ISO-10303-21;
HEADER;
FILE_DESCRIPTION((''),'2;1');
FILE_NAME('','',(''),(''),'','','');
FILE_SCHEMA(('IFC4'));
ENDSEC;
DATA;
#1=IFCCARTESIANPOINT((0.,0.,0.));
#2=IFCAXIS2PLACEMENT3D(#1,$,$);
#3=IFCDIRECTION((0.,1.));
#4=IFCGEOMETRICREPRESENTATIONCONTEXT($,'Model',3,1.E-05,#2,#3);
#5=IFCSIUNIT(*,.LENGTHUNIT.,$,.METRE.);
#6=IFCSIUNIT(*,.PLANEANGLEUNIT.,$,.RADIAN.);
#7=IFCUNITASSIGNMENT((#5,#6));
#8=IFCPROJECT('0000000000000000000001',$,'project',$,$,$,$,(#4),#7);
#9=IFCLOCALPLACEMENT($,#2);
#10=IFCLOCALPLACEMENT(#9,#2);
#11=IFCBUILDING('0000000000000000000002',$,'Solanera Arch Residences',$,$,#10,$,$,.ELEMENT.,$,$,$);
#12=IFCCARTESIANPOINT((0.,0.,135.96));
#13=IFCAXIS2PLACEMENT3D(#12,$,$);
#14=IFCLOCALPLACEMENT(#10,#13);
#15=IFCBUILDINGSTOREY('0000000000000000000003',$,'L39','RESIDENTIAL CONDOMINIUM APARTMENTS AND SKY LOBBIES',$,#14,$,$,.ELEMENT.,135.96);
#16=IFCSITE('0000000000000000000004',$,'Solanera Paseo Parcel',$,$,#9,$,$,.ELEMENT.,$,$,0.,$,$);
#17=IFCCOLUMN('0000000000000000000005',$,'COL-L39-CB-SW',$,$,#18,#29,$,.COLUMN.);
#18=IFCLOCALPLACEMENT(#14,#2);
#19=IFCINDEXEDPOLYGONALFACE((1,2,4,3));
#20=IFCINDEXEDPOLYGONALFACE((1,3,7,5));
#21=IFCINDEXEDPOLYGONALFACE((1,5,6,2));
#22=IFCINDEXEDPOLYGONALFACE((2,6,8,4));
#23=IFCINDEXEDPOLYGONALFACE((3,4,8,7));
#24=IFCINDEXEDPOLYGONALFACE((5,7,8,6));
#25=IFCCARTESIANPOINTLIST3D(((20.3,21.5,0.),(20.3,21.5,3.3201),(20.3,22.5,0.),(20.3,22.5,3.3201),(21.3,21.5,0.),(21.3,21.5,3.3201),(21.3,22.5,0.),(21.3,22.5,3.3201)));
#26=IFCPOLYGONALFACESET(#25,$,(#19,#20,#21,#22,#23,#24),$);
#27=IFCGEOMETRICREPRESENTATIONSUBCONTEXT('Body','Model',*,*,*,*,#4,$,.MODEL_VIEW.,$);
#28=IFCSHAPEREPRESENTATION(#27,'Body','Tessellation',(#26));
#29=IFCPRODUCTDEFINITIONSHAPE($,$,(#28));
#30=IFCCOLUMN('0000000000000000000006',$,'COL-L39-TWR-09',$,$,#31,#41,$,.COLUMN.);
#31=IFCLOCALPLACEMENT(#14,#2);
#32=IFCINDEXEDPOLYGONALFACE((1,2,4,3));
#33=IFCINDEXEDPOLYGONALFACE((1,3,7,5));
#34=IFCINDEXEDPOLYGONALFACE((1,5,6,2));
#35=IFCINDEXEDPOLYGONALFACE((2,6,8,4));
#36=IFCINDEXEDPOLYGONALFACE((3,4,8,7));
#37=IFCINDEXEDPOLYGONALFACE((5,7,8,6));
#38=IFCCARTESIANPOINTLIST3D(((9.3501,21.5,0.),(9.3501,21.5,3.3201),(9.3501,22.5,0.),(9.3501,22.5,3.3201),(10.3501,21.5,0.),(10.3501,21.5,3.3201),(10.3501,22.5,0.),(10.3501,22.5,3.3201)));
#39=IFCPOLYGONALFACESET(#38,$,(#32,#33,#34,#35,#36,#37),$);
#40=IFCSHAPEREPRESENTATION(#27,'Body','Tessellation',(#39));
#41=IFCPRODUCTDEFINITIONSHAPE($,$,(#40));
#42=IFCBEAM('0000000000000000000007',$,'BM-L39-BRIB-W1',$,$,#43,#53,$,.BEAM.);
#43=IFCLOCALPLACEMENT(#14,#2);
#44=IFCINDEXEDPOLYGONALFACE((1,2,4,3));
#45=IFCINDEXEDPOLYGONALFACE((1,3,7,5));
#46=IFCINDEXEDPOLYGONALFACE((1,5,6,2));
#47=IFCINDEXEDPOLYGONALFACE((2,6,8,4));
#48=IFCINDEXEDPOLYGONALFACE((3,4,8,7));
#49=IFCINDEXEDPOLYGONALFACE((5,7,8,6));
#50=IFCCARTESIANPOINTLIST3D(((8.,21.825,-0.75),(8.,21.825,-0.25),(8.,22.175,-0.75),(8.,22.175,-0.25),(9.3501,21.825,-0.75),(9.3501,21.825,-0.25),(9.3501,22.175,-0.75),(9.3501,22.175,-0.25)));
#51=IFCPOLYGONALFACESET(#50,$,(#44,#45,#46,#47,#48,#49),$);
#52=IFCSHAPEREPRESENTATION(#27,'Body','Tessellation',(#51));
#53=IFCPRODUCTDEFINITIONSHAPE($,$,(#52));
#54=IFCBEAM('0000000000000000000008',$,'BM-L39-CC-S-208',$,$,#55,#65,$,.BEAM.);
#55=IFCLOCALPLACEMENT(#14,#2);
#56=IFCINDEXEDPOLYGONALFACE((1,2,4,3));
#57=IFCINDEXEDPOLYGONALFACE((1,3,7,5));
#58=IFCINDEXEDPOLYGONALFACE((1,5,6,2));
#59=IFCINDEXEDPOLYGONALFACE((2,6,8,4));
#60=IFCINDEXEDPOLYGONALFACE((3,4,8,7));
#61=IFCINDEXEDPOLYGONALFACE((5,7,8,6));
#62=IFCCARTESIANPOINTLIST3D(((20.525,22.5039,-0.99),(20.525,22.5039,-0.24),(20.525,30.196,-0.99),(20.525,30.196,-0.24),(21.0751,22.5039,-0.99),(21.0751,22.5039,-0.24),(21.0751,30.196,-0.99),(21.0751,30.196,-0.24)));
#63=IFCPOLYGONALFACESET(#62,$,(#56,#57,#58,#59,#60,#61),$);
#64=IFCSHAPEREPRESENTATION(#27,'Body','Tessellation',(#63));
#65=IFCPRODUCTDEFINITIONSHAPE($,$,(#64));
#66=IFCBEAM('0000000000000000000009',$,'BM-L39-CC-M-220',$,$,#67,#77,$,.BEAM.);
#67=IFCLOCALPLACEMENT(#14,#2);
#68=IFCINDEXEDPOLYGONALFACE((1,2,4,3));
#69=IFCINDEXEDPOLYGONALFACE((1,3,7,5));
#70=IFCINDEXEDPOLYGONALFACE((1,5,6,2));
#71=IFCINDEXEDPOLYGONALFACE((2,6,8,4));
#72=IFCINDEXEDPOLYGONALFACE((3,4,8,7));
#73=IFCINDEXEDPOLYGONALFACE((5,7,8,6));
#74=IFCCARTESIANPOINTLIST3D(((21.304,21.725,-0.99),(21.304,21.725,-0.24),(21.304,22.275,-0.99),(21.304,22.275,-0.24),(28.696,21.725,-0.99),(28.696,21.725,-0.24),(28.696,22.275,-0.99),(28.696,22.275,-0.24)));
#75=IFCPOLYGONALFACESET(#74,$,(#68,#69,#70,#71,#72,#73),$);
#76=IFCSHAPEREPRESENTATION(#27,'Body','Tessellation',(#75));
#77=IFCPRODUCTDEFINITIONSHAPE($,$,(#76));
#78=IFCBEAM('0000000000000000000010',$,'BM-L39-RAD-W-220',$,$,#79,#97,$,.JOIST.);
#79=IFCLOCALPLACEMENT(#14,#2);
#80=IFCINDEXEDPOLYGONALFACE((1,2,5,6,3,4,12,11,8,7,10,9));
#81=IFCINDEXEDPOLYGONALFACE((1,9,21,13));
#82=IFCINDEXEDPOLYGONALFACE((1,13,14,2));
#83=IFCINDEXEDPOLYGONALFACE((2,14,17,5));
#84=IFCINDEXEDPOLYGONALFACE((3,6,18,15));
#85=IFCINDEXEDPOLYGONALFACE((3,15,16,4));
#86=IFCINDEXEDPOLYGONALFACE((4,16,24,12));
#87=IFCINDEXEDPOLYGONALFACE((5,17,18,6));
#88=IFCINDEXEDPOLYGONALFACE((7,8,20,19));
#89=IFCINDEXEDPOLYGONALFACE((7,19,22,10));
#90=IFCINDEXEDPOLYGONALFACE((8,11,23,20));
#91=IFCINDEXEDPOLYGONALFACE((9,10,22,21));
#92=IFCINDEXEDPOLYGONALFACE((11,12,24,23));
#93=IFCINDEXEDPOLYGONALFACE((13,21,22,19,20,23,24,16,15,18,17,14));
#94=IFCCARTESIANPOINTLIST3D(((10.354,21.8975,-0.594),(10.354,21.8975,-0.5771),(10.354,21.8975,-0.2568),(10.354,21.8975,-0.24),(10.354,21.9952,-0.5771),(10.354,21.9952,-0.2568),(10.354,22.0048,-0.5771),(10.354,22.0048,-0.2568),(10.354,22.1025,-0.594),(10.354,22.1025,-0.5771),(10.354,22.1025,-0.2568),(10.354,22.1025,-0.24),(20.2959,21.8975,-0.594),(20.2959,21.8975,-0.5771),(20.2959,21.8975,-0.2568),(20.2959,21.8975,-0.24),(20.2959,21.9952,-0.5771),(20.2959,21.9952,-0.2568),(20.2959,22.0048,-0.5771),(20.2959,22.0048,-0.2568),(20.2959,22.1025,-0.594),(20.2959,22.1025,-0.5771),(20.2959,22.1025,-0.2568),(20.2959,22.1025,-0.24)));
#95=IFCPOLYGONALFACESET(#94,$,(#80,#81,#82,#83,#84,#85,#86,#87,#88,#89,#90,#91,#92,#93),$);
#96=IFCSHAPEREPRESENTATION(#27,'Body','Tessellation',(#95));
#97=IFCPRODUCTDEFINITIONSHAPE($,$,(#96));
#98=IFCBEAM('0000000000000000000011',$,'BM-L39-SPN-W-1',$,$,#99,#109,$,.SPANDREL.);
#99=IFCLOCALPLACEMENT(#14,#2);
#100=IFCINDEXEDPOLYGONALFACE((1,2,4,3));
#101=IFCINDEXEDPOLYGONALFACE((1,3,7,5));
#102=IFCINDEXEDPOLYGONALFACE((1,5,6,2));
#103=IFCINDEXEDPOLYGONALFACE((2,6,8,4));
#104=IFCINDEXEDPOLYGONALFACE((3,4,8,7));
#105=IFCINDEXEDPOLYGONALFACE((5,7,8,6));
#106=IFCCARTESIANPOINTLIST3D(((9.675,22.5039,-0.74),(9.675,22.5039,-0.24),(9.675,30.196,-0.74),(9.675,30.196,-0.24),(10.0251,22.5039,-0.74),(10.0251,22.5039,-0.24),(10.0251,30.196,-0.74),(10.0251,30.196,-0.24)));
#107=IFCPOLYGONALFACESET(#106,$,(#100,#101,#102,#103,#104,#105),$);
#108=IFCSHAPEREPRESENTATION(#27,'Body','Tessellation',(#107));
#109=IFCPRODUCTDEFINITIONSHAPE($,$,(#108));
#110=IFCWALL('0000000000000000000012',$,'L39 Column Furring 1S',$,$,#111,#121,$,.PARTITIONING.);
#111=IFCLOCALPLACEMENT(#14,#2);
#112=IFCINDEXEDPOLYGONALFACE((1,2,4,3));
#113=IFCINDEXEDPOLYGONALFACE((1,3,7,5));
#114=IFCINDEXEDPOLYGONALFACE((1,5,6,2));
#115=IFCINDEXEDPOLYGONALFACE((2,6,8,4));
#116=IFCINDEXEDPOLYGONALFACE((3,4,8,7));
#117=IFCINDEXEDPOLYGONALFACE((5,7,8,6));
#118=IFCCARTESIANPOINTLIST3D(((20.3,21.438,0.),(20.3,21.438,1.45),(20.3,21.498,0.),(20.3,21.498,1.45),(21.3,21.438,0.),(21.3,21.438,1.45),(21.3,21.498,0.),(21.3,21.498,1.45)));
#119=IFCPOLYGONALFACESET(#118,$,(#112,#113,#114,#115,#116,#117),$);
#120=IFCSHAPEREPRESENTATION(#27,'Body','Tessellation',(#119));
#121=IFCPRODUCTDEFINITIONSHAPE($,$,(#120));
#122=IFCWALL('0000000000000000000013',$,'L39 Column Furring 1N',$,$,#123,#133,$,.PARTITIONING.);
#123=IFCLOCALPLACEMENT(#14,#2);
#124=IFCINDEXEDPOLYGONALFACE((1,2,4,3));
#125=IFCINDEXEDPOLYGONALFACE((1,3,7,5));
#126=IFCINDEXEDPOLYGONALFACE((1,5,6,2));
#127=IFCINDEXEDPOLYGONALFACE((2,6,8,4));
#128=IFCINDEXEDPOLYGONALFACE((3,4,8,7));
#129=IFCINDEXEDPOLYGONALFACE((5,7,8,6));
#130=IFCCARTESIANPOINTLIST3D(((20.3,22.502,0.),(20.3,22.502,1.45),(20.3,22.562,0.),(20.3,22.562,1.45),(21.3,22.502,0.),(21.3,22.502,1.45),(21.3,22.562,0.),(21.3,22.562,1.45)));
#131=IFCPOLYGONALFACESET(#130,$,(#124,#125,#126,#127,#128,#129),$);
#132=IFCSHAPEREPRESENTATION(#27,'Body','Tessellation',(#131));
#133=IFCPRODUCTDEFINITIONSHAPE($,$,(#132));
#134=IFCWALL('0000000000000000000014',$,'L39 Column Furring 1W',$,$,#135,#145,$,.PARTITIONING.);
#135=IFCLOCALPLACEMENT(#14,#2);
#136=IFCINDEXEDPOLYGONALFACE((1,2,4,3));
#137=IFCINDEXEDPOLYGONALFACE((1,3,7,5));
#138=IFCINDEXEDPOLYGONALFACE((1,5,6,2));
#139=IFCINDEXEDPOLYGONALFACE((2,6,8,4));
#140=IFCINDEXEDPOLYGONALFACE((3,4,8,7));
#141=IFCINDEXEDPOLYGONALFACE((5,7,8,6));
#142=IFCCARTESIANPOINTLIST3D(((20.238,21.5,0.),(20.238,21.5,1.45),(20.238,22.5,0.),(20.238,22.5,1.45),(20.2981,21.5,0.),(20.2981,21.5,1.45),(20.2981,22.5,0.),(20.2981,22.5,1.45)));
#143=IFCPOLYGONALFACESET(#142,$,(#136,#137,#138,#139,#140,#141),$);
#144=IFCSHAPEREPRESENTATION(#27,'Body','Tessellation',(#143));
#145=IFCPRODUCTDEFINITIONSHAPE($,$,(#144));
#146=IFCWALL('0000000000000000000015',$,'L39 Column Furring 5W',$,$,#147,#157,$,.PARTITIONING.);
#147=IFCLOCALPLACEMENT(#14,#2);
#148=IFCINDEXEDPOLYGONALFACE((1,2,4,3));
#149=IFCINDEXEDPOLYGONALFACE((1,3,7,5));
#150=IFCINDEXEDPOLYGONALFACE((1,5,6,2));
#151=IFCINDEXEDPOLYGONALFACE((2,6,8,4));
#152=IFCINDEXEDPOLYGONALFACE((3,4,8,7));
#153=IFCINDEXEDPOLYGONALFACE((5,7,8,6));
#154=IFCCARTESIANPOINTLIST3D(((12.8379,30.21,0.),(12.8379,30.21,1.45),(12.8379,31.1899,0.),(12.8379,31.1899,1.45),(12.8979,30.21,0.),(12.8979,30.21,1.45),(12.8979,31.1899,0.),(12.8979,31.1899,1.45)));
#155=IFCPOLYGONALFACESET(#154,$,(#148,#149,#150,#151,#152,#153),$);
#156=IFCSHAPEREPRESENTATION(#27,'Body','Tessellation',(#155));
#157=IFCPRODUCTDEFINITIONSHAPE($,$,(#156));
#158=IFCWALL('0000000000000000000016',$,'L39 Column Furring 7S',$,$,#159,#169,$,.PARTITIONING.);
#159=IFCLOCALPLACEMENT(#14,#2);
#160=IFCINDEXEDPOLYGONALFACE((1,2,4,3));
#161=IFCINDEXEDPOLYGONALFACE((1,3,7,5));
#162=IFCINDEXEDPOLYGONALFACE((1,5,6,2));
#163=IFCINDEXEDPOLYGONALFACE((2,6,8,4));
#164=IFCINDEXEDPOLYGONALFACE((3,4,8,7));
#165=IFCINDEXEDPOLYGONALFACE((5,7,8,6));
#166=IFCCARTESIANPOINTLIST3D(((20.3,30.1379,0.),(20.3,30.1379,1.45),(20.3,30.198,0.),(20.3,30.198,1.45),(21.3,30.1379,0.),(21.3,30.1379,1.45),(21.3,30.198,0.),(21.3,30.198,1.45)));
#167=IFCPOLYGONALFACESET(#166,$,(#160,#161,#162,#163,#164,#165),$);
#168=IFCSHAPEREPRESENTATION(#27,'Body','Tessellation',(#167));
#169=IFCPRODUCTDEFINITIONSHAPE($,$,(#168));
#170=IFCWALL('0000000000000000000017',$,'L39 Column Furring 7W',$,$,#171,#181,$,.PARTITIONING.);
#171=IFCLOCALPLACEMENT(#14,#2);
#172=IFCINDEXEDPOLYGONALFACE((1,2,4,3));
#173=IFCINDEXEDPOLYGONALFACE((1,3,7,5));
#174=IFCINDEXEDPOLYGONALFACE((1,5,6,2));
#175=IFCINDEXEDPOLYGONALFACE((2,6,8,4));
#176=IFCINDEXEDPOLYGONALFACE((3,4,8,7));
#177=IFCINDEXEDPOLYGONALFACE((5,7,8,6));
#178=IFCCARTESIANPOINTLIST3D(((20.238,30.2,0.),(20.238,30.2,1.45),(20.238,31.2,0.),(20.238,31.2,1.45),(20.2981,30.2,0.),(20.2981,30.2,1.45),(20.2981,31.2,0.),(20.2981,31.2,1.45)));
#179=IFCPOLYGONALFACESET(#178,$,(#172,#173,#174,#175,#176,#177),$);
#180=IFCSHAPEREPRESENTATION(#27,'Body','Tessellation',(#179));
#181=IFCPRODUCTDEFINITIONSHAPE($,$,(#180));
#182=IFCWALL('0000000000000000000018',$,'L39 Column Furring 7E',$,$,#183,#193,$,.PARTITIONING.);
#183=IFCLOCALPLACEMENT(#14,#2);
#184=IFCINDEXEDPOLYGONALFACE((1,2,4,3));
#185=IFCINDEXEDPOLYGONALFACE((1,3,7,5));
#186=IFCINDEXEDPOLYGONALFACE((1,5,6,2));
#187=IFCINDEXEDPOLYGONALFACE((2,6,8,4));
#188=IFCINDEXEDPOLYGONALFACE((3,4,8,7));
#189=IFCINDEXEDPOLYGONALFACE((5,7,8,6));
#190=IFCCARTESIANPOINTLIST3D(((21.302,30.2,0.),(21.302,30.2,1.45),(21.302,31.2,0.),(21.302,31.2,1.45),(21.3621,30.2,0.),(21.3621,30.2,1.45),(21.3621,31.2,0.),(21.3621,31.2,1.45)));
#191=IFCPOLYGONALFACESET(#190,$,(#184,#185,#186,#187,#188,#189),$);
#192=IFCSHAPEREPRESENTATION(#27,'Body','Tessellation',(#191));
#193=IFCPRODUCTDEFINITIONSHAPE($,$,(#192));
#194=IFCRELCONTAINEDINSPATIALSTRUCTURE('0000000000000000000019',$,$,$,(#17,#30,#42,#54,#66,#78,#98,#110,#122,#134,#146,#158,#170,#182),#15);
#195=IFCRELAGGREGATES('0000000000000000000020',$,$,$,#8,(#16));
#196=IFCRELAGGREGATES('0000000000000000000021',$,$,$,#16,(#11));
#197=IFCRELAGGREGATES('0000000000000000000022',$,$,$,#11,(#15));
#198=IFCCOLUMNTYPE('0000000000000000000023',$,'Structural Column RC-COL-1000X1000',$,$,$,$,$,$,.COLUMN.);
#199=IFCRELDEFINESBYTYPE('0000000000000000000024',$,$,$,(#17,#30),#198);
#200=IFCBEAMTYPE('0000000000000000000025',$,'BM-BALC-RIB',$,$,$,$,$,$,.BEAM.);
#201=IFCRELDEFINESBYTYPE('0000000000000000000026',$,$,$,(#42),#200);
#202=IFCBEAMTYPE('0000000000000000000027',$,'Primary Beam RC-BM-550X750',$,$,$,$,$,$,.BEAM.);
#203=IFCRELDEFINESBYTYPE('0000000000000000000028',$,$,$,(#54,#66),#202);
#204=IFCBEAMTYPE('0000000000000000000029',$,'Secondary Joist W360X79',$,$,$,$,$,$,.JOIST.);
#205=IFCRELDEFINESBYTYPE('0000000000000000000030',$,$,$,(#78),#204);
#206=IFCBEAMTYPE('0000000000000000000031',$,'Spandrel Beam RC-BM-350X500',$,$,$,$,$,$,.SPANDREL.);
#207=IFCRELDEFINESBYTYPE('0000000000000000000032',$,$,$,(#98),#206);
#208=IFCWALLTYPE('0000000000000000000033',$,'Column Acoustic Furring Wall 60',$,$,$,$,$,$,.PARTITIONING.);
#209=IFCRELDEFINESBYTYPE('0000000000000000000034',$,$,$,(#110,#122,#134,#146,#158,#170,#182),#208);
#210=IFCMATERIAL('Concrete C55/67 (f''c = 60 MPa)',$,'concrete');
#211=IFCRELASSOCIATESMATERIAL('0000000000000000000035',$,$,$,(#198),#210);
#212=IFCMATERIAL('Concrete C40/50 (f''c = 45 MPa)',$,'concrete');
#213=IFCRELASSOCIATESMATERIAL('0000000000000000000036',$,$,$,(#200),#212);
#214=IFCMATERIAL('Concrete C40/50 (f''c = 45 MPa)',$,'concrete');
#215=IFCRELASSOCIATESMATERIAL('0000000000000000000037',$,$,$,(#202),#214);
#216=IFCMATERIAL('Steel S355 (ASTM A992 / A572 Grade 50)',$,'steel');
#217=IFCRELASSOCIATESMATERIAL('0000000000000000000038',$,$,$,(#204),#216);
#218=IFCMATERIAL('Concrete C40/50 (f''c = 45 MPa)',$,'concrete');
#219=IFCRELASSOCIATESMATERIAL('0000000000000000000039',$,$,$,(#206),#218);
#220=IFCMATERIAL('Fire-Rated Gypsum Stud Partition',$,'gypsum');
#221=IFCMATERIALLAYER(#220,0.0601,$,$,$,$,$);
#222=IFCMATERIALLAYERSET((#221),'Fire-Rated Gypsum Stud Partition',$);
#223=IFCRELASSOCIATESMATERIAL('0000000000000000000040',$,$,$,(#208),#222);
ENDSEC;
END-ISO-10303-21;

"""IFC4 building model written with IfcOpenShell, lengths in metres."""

from ifc_helpers import new_model, si_unit, direction, frame, frame_2d, origin, origin_2d, place, context, subcontext, project, spatial, rectangle, i_section, extrude, material, layer, layer_set, material_profile, profile_set, type_object, element, save


model = new_model("IFC4")

# Units and contexts
model_context = context("Model", 3, precision=1e-05, world=origin(), true_north=direction((0.0, 1.0)))
body_context = subcontext(model_context, "Body", "Model", "MODEL_VIEW")
ifc_project = project(units=[si_unit("LENGTHUNIT", "METRE"), si_unit("PLANEANGLEUNIT", "RADIAN")], contexts=[model_context])

# Site, building, storey
site_placement = place(None, origin())
site = spatial("IfcSite", under=ifc_project, at=site_placement, Name="Solanera Paseo Parcel", CompositionType="ELEMENT", RefElevation=0.0)
building_placement = place(site_placement, origin())
building = spatial("IfcBuilding", under=site, at=building_placement, Name="Solanera Arch Residences", CompositionType="ELEMENT")
storey_placement = place(building_placement, frame((0.0, 0.0, 135.96)))
storey = spatial("IfcBuildingStorey", under=building, at=storey_placement, Name="L39", Description="RESIDENTIAL CONDOMINIUM APARTMENTS AND SKY LOBBIES", CompositionType="ELEMENT", Elevation=135.96)

# Columns
ifc_material_1 = material(Name="Concrete C55/67 (f'c = 60 MPa)", Category="concrete")
ifc_material_profile_1 = material_profile(ifc_material_1, rectangle(XDim=1.0, YDim=1.0, at=origin_2d()))
ifc_profile_set_1 = profile_set([ifc_material_profile_1], Name="Concrete C55/67 (f'c = 60 MPa)")
column_type = type_object("IfcColumnType", Name="Structural Column RC-COL-1000X1000", PredefinedType="COLUMN", material=ifc_profile_set_1)
for number, where, z_axis, x_axis, name in (
    (1, (20.8, 22.0, 0.0), (0.0, 0.0, 1.0), (1.0, 0.0, 0.0), "COL-L39-CB-SW"),
    (2, (9.8501, 22.0, 0.0), (0.0, 0.0, 1.0), (1.0, 0.0, 0.0), "COL-L39-TWR-09"),
):
    element("IfcColumn", number, at=place(storey_placement, frame(where, z_axis=z_axis, x_axis=x_axis)), inside=storey, type_object=column_type, Name=name, PredefinedType="COLUMN", context=body_context, shape_type="SweptSolid", body=[
        extrude(rectangle(XDim=1.0, YDim=1.0, at=origin_2d()), origin(), (0.0, 0.0, 1.0), 3.3201),
    ])

# Beams
ifc_material_2 = material(Name="Concrete C40/50 (f'c = 45 MPa)", Category="concrete")
ifc_material_profile_2 = material_profile(ifc_material_2, rectangle(XDim=0.3501, YDim=0.5, at=origin_2d()))
ifc_profile_set_2 = profile_set([ifc_material_profile_2], Name="Concrete C40/50 (f'c = 45 MPa)")
beam_type_1 = type_object("IfcBeamType", Name="BM-BALC-RIB", PredefinedType="BEAM", material=ifc_profile_set_2)
beam_1_placement = place(storey_placement, frame((8.0, 22.0, -0.5), z_axis=(1.0, 0.0, 0.0), x_axis=(0.0, 1.0, 0.0)))
element("IfcBeam", 3, at=beam_1_placement, inside=storey, type_object=beam_type_1, Name="BM-L39-BRIB-W1", PredefinedType="BEAM", context=body_context, shape_type="SweptSolid", body=[
    extrude(rectangle(XDim=0.3501, YDim=0.5, at=origin_2d()), origin(), (0.0, 0.0, 1.0), 1.3501),
])
ifc_material_3 = material(Name="Concrete C40/50 (f'c = 45 MPa)", Category="concrete")
ifc_material_profile_3 = material_profile(ifc_material_3, rectangle(XDim=0.55, YDim=0.75, at=origin_2d()))
ifc_profile_set_3 = profile_set([ifc_material_profile_3], Name="Concrete C40/50 (f'c = 45 MPa)")
beam_type_2 = type_object("IfcBeamType", Name="Primary Beam RC-BM-550X750", PredefinedType="BEAM", material=ifc_profile_set_3)
beam_2_placement = place(storey_placement, frame((20.8, 22.5039, -0.615), z_axis=(0.0, 1.0, 0.0), x_axis=(-1.0, 0.0, 0.0)))
element("IfcBeam", 4, at=beam_2_placement, inside=storey, type_object=beam_type_2, Name="BM-L39-CC-S-208", PredefinedType="BEAM", context=body_context, shape_type="SweptSolid", body=[
    extrude(rectangle(XDim=0.55, YDim=0.75, at=origin_2d()), origin(), (0.0, 0.0, 1.0), 7.6921),
])
beam_3_placement = place(storey_placement, frame((21.304, 22.0, -0.615), z_axis=(1.0, 0.0, 0.0), x_axis=(0.0, 1.0, 0.0)))
element("IfcBeam", 5, at=beam_3_placement, inside=storey, type_object=beam_type_2, Name="BM-L39-CC-M-220", PredefinedType="BEAM", context=body_context, shape_type="SweptSolid", body=[
    extrude(rectangle(XDim=0.55, YDim=0.75, at=origin_2d()), origin(), (0.0, 0.0, 1.0), 7.3921),
])
ifc_material_4 = material(Name="Steel S355 (ASTM A992 / A572 Grade 50)", Category="steel")
ifc_material_profile_4 = material_profile(ifc_material_4, i_section(OverallWidth=0.2051, OverallDepth=0.354, WebThickness=0.0095, FlangeThickness=0.0168, at=origin_2d()))
ifc_profile_set_4 = profile_set([ifc_material_profile_4], Name="Steel S355 (ASTM A992 / A572 Grade 50)")
beam_type_3 = type_object("IfcBeamType", Name="Secondary Joist W360X79", PredefinedType="JOIST", material=ifc_profile_set_4)
beam_4_placement = place(storey_placement, frame((10.354, 22.0, -0.417), z_axis=(1.0, 0.0, 0.0), x_axis=(0.0, 1.0, 0.0)))
element("IfcBeam", 6, at=beam_4_placement, inside=storey, type_object=beam_type_3, Name="BM-L39-RAD-W-220", PredefinedType="JOIST", context=body_context, shape_type="SweptSolid", body=[
    extrude(i_section(OverallWidth=0.2051, OverallDepth=0.354, WebThickness=0.0095, FlangeThickness=0.0168, at=origin_2d()), origin(), (0.0, 0.0, 1.0), 9.9419),
])
ifc_material_5 = material(Name="Concrete C40/50 (f'c = 45 MPa)", Category="concrete")
ifc_material_profile_5 = material_profile(ifc_material_5, rectangle(XDim=0.3501, YDim=0.5, at=origin_2d()))
ifc_profile_set_5 = profile_set([ifc_material_profile_5], Name="Concrete C40/50 (f'c = 45 MPa)")
beam_type_4 = type_object("IfcBeamType", Name="Spandrel Beam RC-BM-350X500", PredefinedType="SPANDREL", material=ifc_profile_set_5)
beam_5_placement = place(storey_placement, frame((9.8501, 22.5039, -0.49), z_axis=(0.0, 1.0, 0.0), x_axis=(-1.0, 0.0, 0.0)))
element("IfcBeam", 7, at=beam_5_placement, inside=storey, type_object=beam_type_4, Name="BM-L39-SPN-W-1", PredefinedType="SPANDREL", context=body_context, shape_type="SweptSolid", body=[
    extrude(rectangle(XDim=0.3501, YDim=0.5, at=origin_2d()), origin(), (0.0, 0.0, 1.0), 7.6921),
])

# Walls
ifc_material_6 = material(Name="Fire-Rated Gypsum Stud Partition", Category="gypsum")
ifc_layer_1 = layer(ifc_material_6, 0.0601)
ifc_layer_set_1 = layer_set([ifc_layer_1], Name="Fire-Rated Gypsum Stud Partition")
wall_type_1 = type_object("IfcWallType", Name="Column Acoustic Furring Wall 60", PredefinedType="PARTITIONING", material=ifc_layer_set_1)
for number, where, z_axis, x_axis, name in (
    (8, (20.3, 21.468, 0.0), (0.0, 0.0, 1.0), (1.0, 0.0, 0.0), "L39 Column Furring 1S"),
    (9, (20.3, 22.532, 0.0), (0.0, 0.0, 1.0), (1.0, 0.0, 0.0), "L39 Column Furring 1N"),
    (10, (20.2681, 21.5, 0.0), (0.0, 0.0, 1.0), (0.0, 1.0, 0.0), "L39 Column Furring 1W"),
):
    element("IfcWall", number, at=place(storey_placement, frame(where, z_axis=z_axis, x_axis=x_axis)), inside=storey, type_object=wall_type_1, Name=name, PredefinedType="PARTITIONING", context=body_context, shape_type="SweptSolid", body=[
        extrude(rectangle(XDim=1.0, YDim=0.0601, at=frame_2d((0.5, 0.0))), origin(), (0.0, 0.0, 1.0), 1.45),
    ])
wall_1_placement = place(storey_placement, frame((12.8679, 30.21, 0.0), z_axis=(0.0, 0.0, 1.0), x_axis=(0.0, 1.0, 0.0)))
element("IfcWall", 11, at=wall_1_placement, inside=storey, type_object=wall_type_1, Name="L39 Column Furring 5W", PredefinedType="PARTITIONING", context=body_context, shape_type="SweptSolid", body=[
    extrude(rectangle(XDim=0.98, YDim=0.0601, at=frame_2d((0.49, 0.0))), origin(), (0.0, 0.0, 1.0), 1.45),
])
for number, where, z_axis, x_axis, name in (
    (12, (20.3, 30.168, 0.0), (0.0, 0.0, 1.0), (1.0, 0.0, 0.0), "L39 Column Furring 7S"),
    (13, (20.2681, 30.2, 0.0), (0.0, 0.0, 1.0), (0.0, 1.0, 0.0), "L39 Column Furring 7W"),
    (14, (21.332, 30.2, 0.0), (0.0, 0.0, 1.0), (0.0, 1.0, 0.0), "L39 Column Furring 7E"),
):
    element("IfcWall", number, at=place(storey_placement, frame(where, z_axis=z_axis, x_axis=x_axis)), inside=storey, type_object=wall_type_1, Name=name, PredefinedType="PARTITIONING", context=body_context, shape_type="SweptSolid", body=[
        extrude(rectangle(XDim=1.0, YDim=0.0601, at=frame_2d((0.5, 0.0))), origin(), (0.0, 0.0, 1.0), 1.45),
    ])

save(model, "model.ifc")
